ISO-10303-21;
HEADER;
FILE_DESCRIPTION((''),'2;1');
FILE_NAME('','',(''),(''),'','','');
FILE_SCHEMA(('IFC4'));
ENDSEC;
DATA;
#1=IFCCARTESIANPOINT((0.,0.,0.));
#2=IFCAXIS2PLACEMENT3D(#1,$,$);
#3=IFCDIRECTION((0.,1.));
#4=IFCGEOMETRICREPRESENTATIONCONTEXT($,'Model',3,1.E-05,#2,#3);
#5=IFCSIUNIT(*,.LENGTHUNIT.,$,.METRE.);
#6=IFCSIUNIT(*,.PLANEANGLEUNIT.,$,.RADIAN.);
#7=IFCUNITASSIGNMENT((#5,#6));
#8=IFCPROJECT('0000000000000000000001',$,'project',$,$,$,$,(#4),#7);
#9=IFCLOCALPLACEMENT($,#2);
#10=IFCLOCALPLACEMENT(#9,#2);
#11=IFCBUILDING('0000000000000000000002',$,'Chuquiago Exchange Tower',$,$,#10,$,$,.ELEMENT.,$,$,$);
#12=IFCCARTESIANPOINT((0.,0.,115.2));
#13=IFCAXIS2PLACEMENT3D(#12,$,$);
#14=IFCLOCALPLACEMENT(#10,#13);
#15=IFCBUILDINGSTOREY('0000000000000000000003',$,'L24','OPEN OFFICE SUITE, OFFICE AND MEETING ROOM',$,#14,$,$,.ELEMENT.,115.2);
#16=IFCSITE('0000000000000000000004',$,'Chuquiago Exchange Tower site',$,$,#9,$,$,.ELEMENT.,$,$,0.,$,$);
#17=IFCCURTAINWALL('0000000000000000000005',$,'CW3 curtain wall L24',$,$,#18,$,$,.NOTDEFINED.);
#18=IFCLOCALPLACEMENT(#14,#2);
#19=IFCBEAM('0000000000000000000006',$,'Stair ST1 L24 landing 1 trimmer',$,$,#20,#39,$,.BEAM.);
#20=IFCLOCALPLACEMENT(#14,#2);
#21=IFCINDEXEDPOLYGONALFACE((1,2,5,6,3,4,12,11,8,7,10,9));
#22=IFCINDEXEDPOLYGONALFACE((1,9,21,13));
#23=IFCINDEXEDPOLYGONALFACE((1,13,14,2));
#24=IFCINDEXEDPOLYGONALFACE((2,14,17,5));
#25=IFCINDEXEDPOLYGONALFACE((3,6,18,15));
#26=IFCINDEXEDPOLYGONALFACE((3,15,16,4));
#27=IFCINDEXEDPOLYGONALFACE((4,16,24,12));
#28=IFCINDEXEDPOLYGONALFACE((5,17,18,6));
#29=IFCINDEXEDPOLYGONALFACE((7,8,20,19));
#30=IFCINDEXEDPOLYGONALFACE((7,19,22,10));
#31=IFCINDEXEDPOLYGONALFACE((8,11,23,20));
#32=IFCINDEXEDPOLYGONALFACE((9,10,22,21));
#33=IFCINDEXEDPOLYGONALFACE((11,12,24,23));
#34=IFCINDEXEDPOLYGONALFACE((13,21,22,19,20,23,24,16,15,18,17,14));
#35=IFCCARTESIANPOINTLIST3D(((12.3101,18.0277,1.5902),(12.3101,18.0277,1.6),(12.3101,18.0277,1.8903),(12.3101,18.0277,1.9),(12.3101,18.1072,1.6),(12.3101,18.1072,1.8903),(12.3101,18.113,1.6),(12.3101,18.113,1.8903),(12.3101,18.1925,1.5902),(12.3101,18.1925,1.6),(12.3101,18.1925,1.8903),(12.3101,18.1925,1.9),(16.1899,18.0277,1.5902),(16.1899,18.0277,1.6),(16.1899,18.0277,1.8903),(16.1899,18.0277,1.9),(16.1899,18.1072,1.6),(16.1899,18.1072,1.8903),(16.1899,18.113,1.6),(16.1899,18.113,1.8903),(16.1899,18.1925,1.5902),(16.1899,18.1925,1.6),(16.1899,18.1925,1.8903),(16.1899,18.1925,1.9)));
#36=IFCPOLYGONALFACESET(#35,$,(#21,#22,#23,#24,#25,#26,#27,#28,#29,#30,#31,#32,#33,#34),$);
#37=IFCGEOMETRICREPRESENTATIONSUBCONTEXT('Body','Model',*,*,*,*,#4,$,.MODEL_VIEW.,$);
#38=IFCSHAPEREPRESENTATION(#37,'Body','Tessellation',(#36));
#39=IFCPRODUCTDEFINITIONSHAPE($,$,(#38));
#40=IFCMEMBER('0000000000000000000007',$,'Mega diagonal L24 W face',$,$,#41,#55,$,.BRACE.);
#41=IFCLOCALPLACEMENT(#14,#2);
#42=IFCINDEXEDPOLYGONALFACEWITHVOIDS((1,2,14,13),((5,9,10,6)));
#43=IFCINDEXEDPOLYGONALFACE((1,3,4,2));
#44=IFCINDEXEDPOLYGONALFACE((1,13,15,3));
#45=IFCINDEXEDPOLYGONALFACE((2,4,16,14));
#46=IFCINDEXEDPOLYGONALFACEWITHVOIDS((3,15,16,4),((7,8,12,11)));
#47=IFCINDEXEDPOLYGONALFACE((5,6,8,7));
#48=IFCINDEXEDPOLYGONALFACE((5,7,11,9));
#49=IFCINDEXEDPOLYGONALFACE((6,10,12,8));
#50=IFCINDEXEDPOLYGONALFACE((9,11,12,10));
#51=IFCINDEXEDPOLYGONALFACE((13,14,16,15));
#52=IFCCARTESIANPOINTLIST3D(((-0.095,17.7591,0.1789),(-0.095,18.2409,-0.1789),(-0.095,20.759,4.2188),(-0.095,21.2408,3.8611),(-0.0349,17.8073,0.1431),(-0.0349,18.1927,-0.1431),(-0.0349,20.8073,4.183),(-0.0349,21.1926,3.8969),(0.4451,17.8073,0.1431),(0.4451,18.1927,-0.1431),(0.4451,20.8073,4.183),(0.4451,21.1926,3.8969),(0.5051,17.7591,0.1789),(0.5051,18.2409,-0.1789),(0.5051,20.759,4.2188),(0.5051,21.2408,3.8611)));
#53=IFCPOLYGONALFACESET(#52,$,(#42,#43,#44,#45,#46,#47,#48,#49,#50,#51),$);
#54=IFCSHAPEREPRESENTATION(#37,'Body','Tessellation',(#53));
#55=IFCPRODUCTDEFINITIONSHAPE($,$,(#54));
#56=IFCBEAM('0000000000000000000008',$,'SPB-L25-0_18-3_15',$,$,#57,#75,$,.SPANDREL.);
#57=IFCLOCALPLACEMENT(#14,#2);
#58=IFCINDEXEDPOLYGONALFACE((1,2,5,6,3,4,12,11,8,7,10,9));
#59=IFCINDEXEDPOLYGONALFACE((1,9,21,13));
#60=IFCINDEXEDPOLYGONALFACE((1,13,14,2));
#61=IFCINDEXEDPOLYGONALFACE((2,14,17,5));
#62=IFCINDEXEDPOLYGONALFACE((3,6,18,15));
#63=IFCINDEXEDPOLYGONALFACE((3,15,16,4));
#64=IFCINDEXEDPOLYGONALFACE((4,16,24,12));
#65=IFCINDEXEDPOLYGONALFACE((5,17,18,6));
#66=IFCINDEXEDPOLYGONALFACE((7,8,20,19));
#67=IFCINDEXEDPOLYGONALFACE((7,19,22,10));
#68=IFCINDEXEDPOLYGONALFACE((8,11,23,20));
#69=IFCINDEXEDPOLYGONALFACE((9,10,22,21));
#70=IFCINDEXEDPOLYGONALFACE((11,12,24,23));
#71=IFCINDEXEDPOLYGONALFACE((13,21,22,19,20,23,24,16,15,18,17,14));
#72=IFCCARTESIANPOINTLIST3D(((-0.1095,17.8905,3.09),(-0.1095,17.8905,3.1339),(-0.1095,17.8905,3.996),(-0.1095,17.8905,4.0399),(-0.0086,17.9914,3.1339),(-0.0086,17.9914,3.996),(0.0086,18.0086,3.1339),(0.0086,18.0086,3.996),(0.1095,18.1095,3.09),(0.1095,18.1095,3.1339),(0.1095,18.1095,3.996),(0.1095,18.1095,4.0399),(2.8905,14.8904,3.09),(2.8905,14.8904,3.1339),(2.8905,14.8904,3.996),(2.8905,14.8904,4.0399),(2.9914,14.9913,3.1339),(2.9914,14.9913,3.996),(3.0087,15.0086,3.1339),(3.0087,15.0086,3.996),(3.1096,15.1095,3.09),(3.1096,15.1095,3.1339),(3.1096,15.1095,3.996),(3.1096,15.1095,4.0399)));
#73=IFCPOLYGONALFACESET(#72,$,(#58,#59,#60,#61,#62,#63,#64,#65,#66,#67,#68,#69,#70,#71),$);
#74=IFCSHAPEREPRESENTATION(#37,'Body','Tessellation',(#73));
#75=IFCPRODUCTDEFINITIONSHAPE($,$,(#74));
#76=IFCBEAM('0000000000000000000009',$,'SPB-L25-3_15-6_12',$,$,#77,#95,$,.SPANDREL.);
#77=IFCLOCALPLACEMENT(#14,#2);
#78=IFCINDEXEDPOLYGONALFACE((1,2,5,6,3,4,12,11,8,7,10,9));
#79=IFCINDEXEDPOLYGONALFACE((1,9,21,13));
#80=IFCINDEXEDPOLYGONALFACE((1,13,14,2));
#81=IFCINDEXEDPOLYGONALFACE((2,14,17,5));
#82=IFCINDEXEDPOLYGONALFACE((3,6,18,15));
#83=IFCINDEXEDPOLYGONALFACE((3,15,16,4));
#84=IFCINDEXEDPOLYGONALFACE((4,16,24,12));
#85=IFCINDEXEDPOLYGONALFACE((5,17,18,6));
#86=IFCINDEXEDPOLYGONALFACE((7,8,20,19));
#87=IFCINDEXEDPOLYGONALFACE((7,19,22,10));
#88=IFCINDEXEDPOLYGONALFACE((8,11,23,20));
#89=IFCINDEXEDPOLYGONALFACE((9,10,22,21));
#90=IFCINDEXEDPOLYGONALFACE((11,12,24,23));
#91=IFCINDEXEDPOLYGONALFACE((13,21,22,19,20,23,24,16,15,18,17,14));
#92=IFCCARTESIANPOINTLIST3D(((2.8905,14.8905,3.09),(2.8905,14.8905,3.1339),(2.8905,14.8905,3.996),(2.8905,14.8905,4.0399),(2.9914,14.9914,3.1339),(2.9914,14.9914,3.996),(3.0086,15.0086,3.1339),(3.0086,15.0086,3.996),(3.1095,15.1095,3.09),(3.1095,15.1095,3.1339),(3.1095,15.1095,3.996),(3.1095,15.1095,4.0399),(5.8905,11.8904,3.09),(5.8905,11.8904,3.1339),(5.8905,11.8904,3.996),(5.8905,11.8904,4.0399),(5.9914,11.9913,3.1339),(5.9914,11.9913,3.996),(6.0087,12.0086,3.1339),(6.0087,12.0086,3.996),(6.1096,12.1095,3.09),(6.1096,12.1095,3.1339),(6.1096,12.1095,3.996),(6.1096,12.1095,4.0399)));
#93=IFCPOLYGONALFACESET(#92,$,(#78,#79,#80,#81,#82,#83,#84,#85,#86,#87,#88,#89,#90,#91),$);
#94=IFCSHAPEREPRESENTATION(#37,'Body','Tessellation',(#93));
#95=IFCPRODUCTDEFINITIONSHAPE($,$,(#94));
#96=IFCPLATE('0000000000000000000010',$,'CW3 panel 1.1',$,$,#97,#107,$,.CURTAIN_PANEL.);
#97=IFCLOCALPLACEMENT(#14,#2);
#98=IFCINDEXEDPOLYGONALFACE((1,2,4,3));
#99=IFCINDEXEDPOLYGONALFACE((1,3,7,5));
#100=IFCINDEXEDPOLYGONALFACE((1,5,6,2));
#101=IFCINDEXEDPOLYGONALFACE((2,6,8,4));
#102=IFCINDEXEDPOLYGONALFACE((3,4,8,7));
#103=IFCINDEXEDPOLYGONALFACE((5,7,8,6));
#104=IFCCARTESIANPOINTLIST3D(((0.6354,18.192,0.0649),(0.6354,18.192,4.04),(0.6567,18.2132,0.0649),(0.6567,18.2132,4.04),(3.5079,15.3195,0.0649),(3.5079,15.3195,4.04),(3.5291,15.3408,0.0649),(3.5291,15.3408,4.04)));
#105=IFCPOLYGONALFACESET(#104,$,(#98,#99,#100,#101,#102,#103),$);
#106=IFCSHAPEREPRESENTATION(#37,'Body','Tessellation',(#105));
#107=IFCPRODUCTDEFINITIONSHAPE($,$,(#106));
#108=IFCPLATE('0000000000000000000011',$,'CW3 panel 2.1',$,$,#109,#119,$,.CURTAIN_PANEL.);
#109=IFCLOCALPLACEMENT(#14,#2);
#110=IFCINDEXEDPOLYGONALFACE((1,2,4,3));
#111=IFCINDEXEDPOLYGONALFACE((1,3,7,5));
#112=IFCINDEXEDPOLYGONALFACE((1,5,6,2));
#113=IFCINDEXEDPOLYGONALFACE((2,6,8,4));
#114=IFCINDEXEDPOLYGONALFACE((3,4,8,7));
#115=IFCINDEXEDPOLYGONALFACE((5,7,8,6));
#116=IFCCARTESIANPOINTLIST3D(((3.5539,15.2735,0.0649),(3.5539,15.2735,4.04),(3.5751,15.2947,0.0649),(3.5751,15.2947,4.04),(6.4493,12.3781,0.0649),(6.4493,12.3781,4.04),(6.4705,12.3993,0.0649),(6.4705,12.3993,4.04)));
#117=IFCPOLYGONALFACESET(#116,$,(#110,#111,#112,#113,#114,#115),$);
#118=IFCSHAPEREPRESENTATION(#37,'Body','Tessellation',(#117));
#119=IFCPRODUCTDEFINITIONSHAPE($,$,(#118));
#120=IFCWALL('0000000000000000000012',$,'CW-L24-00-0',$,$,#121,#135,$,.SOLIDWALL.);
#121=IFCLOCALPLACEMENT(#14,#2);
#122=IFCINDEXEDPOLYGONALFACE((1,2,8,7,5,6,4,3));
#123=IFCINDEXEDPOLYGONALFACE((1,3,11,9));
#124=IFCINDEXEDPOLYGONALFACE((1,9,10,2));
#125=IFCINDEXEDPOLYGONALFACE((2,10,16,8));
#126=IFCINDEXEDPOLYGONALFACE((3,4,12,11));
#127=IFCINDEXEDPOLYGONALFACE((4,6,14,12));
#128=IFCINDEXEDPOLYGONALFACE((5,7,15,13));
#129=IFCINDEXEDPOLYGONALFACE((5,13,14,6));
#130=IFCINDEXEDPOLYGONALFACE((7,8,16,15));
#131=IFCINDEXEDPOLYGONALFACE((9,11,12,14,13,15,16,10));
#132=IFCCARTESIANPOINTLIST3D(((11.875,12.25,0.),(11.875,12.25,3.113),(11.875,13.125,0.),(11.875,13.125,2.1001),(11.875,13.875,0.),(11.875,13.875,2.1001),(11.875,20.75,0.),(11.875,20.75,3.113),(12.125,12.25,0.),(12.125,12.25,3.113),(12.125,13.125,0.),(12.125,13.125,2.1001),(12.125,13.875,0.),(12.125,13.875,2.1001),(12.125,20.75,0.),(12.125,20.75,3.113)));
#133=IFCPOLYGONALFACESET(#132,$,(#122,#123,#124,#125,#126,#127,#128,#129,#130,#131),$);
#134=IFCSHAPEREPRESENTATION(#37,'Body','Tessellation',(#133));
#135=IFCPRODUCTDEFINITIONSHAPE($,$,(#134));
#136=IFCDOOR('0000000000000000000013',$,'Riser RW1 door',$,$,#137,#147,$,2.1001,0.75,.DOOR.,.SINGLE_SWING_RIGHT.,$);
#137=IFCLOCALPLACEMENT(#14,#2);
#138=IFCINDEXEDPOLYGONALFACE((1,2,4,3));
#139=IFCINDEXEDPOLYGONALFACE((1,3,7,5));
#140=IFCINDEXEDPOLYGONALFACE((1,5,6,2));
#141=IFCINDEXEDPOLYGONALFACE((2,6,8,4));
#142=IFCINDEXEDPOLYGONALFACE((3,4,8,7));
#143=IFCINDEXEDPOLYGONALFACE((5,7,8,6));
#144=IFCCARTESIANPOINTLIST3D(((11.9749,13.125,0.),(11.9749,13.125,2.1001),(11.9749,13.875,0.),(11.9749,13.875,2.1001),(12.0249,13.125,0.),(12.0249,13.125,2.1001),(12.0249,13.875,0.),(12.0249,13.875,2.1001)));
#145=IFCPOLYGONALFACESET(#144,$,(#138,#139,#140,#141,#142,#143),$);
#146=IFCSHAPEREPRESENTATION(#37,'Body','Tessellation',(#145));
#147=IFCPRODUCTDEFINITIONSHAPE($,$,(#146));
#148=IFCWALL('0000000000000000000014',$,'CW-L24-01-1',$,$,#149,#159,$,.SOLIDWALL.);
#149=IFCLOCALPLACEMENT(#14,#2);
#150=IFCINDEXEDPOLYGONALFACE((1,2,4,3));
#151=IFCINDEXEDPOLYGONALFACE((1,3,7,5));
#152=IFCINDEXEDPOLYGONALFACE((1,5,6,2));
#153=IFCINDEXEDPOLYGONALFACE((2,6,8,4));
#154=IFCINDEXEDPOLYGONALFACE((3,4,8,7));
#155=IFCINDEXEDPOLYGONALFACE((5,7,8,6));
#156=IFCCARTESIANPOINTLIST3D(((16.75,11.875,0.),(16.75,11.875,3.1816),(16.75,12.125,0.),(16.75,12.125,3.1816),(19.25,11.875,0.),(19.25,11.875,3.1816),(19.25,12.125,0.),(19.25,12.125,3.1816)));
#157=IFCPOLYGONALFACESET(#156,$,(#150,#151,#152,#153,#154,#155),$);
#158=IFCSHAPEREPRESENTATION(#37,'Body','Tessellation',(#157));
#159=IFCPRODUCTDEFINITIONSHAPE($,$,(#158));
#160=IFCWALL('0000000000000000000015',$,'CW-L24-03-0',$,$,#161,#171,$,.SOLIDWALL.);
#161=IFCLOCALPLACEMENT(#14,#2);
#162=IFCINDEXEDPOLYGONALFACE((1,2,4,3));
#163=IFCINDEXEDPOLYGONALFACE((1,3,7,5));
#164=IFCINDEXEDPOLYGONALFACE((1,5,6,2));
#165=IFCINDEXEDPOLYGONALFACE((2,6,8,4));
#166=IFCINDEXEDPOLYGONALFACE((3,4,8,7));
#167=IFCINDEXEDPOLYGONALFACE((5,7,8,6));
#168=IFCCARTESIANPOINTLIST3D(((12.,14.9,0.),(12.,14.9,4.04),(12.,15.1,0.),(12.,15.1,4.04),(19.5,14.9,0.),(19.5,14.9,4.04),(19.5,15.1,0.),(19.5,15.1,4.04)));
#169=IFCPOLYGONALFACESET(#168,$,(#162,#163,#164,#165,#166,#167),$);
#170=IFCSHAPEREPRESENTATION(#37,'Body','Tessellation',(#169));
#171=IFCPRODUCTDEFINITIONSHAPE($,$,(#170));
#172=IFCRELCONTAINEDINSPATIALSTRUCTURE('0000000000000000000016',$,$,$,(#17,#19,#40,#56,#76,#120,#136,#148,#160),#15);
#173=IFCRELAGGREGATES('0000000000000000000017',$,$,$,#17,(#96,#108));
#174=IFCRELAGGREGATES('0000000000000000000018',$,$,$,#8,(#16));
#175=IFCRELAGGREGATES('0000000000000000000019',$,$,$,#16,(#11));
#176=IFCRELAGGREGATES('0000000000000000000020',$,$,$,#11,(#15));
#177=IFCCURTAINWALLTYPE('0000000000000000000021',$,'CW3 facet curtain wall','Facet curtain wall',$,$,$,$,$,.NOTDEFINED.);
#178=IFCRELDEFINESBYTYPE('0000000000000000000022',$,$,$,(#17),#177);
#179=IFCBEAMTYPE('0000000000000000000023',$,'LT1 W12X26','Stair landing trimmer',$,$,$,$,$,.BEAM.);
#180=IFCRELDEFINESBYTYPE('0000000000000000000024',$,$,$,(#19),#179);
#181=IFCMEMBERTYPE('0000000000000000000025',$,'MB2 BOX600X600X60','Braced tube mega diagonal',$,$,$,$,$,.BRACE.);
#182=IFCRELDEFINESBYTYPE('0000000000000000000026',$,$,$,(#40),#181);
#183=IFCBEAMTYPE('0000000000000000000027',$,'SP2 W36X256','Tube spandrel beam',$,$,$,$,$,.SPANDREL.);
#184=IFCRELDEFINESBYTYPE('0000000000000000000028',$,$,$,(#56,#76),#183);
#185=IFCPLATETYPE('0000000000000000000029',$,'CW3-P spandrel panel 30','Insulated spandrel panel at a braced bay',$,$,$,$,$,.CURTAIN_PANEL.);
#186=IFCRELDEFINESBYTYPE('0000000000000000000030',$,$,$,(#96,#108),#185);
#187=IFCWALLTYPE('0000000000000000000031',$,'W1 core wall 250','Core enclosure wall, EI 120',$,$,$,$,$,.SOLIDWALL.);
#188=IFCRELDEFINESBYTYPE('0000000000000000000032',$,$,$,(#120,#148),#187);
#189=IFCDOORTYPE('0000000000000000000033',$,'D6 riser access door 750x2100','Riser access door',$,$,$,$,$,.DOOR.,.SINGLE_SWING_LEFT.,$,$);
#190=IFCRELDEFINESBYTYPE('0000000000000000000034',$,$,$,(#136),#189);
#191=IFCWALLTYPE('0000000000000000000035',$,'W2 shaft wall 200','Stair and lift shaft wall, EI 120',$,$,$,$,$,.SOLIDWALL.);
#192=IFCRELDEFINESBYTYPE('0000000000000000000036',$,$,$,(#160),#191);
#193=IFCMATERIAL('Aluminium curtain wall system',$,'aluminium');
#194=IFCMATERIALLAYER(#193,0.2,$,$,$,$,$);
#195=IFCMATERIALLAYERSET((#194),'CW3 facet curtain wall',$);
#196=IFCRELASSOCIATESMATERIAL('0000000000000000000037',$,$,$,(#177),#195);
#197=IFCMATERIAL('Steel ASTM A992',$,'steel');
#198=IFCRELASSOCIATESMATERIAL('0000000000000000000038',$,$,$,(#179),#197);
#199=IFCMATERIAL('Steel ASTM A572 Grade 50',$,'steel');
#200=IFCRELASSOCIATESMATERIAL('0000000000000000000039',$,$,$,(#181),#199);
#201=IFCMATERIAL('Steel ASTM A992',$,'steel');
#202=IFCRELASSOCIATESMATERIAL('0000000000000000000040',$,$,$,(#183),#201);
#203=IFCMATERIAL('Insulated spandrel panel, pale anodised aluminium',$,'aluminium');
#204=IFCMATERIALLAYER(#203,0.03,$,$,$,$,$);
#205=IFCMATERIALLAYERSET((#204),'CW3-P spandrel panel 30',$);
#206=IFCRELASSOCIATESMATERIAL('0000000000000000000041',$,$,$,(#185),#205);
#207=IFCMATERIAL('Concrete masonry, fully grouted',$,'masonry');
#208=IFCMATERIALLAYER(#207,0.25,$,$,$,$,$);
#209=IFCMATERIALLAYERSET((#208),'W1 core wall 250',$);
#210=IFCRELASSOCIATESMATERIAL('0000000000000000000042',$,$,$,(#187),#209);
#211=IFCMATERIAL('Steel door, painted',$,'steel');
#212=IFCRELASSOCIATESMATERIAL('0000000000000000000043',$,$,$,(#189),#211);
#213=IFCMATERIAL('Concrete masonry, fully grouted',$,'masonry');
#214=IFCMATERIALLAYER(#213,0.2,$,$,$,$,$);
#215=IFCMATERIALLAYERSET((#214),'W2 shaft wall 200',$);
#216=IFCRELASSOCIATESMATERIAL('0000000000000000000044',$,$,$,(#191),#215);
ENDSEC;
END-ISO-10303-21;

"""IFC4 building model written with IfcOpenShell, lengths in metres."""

from ifc_helpers import new_model, si_unit, direction, frame, frame_2d, origin, origin_2d, place, context, subcontext, project, spatial, rectangle, hollow_rectangle, i_section, extrude, material, layer, layer_set, material_profile, profile_set, type_object, element, fill, aggregate, save


model = new_model("IFC4")

# Units and contexts
model_context = context("Model", 3, precision=1e-05, world=origin(), true_north=direction((0.0, 1.0)))
body_context = subcontext(model_context, "Body", "Model", "MODEL_VIEW")
ifc_project = project(units=[si_unit("LENGTHUNIT", "METRE"), si_unit("PLANEANGLEUNIT", "RADIAN")], contexts=[model_context])

# Site, building, storey
site_placement = place(None, origin())
site = spatial("IfcSite", under=ifc_project, at=site_placement, Name="Chuquiago Exchange Tower site", CompositionType="ELEMENT", RefElevation=0.0)
building_placement = place(site_placement, origin())
building = spatial("IfcBuilding", under=site, at=building_placement, Name="Chuquiago Exchange Tower", CompositionType="ELEMENT")
storey_placement = place(building_placement, frame((0.0, 0.0, 115.2)))
storey = spatial("IfcBuildingStorey", under=building, at=storey_placement, Name="L24", Description="OPEN OFFICE SUITE, OFFICE AND MEETING ROOM", CompositionType="ELEMENT", Elevation=115.2)

# Curtain wall
ifc_material_1 = material(Name="Aluminium curtain wall system", Category="aluminium")
ifc_layer_1 = layer(ifc_material_1, 0.2)
ifc_layer_set_1 = layer_set([ifc_layer_1], Name="CW3 facet curtain wall")
curtain_wall_type_1 = type_object("IfcCurtainWallType", Name="CW3 facet curtain wall", Description="Facet curtain wall", PredefinedType="NOTDEFINED", material=ifc_layer_set_1)
curtain_wall_1_placement = place(storey_placement, origin())
curtain_wall_1 = element("IfcCurtainWall", 1, at=curtain_wall_1_placement, inside=storey, type_object=curtain_wall_type_1, Name="CW3 curtain wall L24", PredefinedType="NOTDEFINED")

# Beam
ifc_material_2 = material(Name="Steel ASTM A992", Category="steel")
ifc_material_profile_1 = material_profile(ifc_material_2, i_section(OverallWidth=0.1648, OverallDepth=0.3098, WebThickness=0.0059, FlangeThickness=0.0098, at=origin_2d()), Name="W12X26")
ifc_profile_set_1 = profile_set([ifc_material_profile_1], Name="Steel ASTM A992")
beam_type_1 = type_object("IfcBeamType", Name="LT1 W12X26", Description="Stair landing trimmer", PredefinedType="BEAM", material=ifc_profile_set_1)
for number, where, z_axis, x_axis, name in (
    (2, (12.3101, 18.1101, 1.7451), (1.0, 0.0, 0.0), (0.0, 1.0, 0.0), "Stair ST1 L24 landing 1 trimmer"),
):
    element("IfcBeam", number, at=place(storey_placement, frame(where, z_axis=z_axis, x_axis=x_axis)), inside=storey, type_object=beam_type_1, Name=name, PredefinedType="BEAM", context=body_context, shape_type="SweptSolid", body=[
        extrude(i_section(OverallWidth=0.1648, OverallDepth=0.3098, WebThickness=0.0059, FlangeThickness=0.0098, at=origin_2d()), origin(), (0.0, 0.0, 1.0), 3.8799),
    ])

# Member
ifc_material_3 = material(Name="Steel ASTM A572 Grade 50", Category="steel")
ifc_material_profile_2 = material_profile(ifc_material_3, hollow_rectangle(XDim=0.6001, YDim=0.6001, WallThickness=0.0601, at=origin_2d()), Name="BOX600X600X60")
ifc_profile_set_2 = profile_set([ifc_material_profile_2], Name="Steel ASTM A572 Grade 50")
member_type_1 = type_object("IfcMemberType", Name="MB2 BOX600X600X60", Description="Braced tube mega diagonal", PredefinedType="BRACE", material=ifc_profile_set_2)
member_1_placement = place(storey_placement, frame((0.2051, 18.0, 0.0), z_axis=(0.0, 0.596174, 0.802855), x_axis=(-1.0, 0.0, 0.0)))
element("IfcMember", 3, at=member_1_placement, inside=storey, type_object=member_type_1, Name="Mega diagonal L24 W face", PredefinedType="BRACE", context=body_context, shape_type="SweptSolid", body=[
    extrude(hollow_rectangle(XDim=0.6001, YDim=0.6001, WallThickness=0.0601, at=origin_2d()), origin(), (0.0, 0.0, 1.0), 5.032),
])

# Beams
ifc_material_4 = material(Name="Steel ASTM A992", Category="steel")
ifc_material_profile_3 = material_profile(ifc_material_4, i_section(OverallWidth=0.3098, OverallDepth=0.95, WebThickness=0.0244, FlangeThickness=0.0439, at=origin_2d()), Name="W36X256")
ifc_profile_set_3 = profile_set([ifc_material_profile_3], Name="Steel ASTM A992")
beam_type_2 = type_object("IfcBeamType", Name="SP2 W36X256", Description="Tube spandrel beam", PredefinedType="SPANDREL", material=ifc_profile_set_3)
for number, where, z_axis, x_axis, name in (
    (4, (0.0, 18.0, 3.5649), (0.707107, -0.707107, 0.0), (0.707107, 0.707107, 0.0), "SPB-L25-0_18-3_15"),
    (5, (3.0, 15.0, 3.5649), (0.707107, -0.707107, 0.0), (0.707107, 0.707107, 0.0), "SPB-L25-3_15-6_12"),
):
    element("IfcBeam", number, at=place(storey_placement, frame(where, z_axis=z_axis, x_axis=x_axis)), inside=storey, type_object=beam_type_2, Name=name, PredefinedType="SPANDREL", context=body_context, shape_type="SweptSolid", body=[
        extrude(i_section(OverallWidth=0.3098, OverallDepth=0.95, WebThickness=0.0244, FlangeThickness=0.0439, at=origin_2d()), origin(), (0.0, 0.0, 1.0), 4.2427),
    ])

# Plates
ifc_material_5 = material(Name="Insulated spandrel panel, pale anodised aluminium", Category="aluminium")
ifc_layer_2 = layer(ifc_material_5, 0.03)
ifc_layer_set_2 = layer_set([ifc_layer_2], Name="CW3-P spandrel panel 30")
plate_type = type_object("IfcPlateType", Name="CW3-P spandrel panel 30", Description="Insulated spandrel panel at a braced bay", PredefinedType="CURTAIN_PANEL", material=ifc_layer_set_2)
plate_1_placement = place(storey_placement, frame((2.0823, 16.7664, 0.0649), z_axis=(0.0, 0.0, 1.0), x_axis=(0.707107, -0.707107, 0.0)))
plate_1 = element("IfcPlate", 6, at=plate_1_placement, type_object=plate_type, Name="CW3 panel 1.1", PredefinedType="CURTAIN_PANEL", context=body_context, shape_type="SweptSolid", body=[
    extrude(rectangle(XDim=4.0623, YDim=0.03, at=origin_2d()), origin(), (0.0, 0.0, 1.0), 3.9751),
])
plate_2_placement = place(storey_placement, frame((5.0122, 13.8364, 0.0649), z_axis=(0.0, 0.0, 1.0), x_axis=(0.707107, -0.707107, 0.0)))
plate_2 = element("IfcPlate", 7, at=plate_2_placement, type_object=plate_type, Name="CW3 panel 2.1", PredefinedType="CURTAIN_PANEL", context=body_context, shape_type="SweptSolid", body=[
    extrude(rectangle(XDim=4.0947, YDim=0.03, at=origin_2d()), origin(), (0.0, 0.0, 1.0), 3.9751),
])
aggregate(curtain_wall_1, [plate_1, plate_2])

# Wall, opening, door
ifc_material_6 = material(Name="Concrete masonry, fully grouted", Category="masonry")
ifc_layer_3 = layer(ifc_material_6, 0.25)
ifc_layer_set_3 = layer_set([ifc_layer_3], Name="W1 core wall 250")
wall_type_1 = type_object("IfcWallType", Name="W1 core wall 250", Description="Core enclosure wall, EI 120", PredefinedType="SOLIDWALL", material=ifc_layer_set_3)
wall_1_placement = place(storey_placement, frame((12.0, 12.25, 0.0), z_axis=(0.0, 0.0, 1.0), x_axis=(0.0, 1.0, 0.0)))
wall_1 = element("IfcWall", 8, at=wall_1_placement, inside=storey, type_object=wall_type_1, Name="CW-L24-00-0", PredefinedType="SOLIDWALL", context=body_context, shape_type="SweptSolid", body=[
    extrude(rectangle(XDim=8.5, YDim=0.25, at=frame_2d((4.25, 0.0))), origin(), (0.0, 0.0, 1.0), 3.113),
])
opening_1_placement = place(wall_1_placement, frame((0.875, 0.0, 0.0)))
opening_1 = element("IfcOpeningElement", 9, at=opening_1_placement, cuts=wall_1, PredefinedType="OPENING", context=body_context, shape_type="SweptSolid", body=[
    extrude(rectangle(XDim=0.75, YDim=2.1001, at=frame_2d((0.375, 1.05))), frame((0.0, 0.135, 0.0), z_axis=(0.0, -1.0, 0.0), x_axis=(1.0, 0.0, 0.0)), (0.0, 0.0, 1.0), 0.27),
])
ifc_material_7 = material(Name="Steel door, painted", Category="steel")
door_type_1 = type_object("IfcDoorType", Name="D6 riser access door 750x2100", Description="Riser access door", OperationType="SINGLE_SWING_LEFT", PredefinedType="DOOR", material=ifc_material_7)
door_1_placement = place(opening_1_placement, frame((0.75, 0.0, 0.0), z_axis=(0.0, 0.0, 1.0), x_axis=(-1.0, 0.0, 0.0)))
door_1 = element("IfcDoor", 10, at=door_1_placement, inside=storey, type_object=door_type_1, Name="Riser RW1 door", OperationType="SINGLE_SWING_RIGHT", OverallHeight=2.1001, OverallWidth=0.75, PredefinedType="DOOR", context=body_context, shape_type="SweptSolid", body=[
    extrude(rectangle(XDim=0.75, YDim=2.1001, at=frame_2d((0.375, 1.05))), frame((0.0, 0.0249, 0.0), z_axis=(0.0, -1.0, 0.0), x_axis=(1.0, 0.0, 0.0)), (0.0, 0.0, 1.0), 0.05),
])
fill(opening_1, door_1)

# Walls
wall_2_placement = place(storey_placement, frame((16.75, 12.0, 0.0), z_axis=(0.0, 0.0, 1.0), x_axis=(1.0, 0.0, 0.0)))
element("IfcWall", 11, at=wall_2_placement, inside=storey, type_object=wall_type_1, Name="CW-L24-01-1", PredefinedType="SOLIDWALL", context=body_context, shape_type="SweptSolid", body=[
    extrude(rectangle(XDim=2.5, YDim=0.25, at=frame_2d((1.25, 0.0))), origin(), (0.0, 0.0, 1.0), 3.1816),
])
ifc_material_8 = material(Name="Concrete masonry, fully grouted", Category="masonry")
ifc_layer_4 = layer(ifc_material_8, 0.2)
ifc_layer_set_4 = layer_set([ifc_layer_4], Name="W2 shaft wall 200")
wall_type_2 = type_object("IfcWallType", Name="W2 shaft wall 200", Description="Stair and lift shaft wall, EI 120", PredefinedType="SOLIDWALL", material=ifc_layer_set_4)
wall_3_placement = place(storey_placement, frame((12.0, 15.0, 0.0), z_axis=(0.0, 0.0, 1.0), x_axis=(1.0, 0.0, 0.0)))
element("IfcWall", 12, at=wall_3_placement, inside=storey, type_object=wall_type_2, Name="CW-L24-03-0", PredefinedType="SOLIDWALL", context=body_context, shape_type="SweptSolid", body=[
    extrude(rectangle(XDim=7.5, YDim=0.2, at=frame_2d((3.75, 0.0))), origin(), (0.0, 0.0, 1.0), 4.04),
])

save(model, "model.ifc")
